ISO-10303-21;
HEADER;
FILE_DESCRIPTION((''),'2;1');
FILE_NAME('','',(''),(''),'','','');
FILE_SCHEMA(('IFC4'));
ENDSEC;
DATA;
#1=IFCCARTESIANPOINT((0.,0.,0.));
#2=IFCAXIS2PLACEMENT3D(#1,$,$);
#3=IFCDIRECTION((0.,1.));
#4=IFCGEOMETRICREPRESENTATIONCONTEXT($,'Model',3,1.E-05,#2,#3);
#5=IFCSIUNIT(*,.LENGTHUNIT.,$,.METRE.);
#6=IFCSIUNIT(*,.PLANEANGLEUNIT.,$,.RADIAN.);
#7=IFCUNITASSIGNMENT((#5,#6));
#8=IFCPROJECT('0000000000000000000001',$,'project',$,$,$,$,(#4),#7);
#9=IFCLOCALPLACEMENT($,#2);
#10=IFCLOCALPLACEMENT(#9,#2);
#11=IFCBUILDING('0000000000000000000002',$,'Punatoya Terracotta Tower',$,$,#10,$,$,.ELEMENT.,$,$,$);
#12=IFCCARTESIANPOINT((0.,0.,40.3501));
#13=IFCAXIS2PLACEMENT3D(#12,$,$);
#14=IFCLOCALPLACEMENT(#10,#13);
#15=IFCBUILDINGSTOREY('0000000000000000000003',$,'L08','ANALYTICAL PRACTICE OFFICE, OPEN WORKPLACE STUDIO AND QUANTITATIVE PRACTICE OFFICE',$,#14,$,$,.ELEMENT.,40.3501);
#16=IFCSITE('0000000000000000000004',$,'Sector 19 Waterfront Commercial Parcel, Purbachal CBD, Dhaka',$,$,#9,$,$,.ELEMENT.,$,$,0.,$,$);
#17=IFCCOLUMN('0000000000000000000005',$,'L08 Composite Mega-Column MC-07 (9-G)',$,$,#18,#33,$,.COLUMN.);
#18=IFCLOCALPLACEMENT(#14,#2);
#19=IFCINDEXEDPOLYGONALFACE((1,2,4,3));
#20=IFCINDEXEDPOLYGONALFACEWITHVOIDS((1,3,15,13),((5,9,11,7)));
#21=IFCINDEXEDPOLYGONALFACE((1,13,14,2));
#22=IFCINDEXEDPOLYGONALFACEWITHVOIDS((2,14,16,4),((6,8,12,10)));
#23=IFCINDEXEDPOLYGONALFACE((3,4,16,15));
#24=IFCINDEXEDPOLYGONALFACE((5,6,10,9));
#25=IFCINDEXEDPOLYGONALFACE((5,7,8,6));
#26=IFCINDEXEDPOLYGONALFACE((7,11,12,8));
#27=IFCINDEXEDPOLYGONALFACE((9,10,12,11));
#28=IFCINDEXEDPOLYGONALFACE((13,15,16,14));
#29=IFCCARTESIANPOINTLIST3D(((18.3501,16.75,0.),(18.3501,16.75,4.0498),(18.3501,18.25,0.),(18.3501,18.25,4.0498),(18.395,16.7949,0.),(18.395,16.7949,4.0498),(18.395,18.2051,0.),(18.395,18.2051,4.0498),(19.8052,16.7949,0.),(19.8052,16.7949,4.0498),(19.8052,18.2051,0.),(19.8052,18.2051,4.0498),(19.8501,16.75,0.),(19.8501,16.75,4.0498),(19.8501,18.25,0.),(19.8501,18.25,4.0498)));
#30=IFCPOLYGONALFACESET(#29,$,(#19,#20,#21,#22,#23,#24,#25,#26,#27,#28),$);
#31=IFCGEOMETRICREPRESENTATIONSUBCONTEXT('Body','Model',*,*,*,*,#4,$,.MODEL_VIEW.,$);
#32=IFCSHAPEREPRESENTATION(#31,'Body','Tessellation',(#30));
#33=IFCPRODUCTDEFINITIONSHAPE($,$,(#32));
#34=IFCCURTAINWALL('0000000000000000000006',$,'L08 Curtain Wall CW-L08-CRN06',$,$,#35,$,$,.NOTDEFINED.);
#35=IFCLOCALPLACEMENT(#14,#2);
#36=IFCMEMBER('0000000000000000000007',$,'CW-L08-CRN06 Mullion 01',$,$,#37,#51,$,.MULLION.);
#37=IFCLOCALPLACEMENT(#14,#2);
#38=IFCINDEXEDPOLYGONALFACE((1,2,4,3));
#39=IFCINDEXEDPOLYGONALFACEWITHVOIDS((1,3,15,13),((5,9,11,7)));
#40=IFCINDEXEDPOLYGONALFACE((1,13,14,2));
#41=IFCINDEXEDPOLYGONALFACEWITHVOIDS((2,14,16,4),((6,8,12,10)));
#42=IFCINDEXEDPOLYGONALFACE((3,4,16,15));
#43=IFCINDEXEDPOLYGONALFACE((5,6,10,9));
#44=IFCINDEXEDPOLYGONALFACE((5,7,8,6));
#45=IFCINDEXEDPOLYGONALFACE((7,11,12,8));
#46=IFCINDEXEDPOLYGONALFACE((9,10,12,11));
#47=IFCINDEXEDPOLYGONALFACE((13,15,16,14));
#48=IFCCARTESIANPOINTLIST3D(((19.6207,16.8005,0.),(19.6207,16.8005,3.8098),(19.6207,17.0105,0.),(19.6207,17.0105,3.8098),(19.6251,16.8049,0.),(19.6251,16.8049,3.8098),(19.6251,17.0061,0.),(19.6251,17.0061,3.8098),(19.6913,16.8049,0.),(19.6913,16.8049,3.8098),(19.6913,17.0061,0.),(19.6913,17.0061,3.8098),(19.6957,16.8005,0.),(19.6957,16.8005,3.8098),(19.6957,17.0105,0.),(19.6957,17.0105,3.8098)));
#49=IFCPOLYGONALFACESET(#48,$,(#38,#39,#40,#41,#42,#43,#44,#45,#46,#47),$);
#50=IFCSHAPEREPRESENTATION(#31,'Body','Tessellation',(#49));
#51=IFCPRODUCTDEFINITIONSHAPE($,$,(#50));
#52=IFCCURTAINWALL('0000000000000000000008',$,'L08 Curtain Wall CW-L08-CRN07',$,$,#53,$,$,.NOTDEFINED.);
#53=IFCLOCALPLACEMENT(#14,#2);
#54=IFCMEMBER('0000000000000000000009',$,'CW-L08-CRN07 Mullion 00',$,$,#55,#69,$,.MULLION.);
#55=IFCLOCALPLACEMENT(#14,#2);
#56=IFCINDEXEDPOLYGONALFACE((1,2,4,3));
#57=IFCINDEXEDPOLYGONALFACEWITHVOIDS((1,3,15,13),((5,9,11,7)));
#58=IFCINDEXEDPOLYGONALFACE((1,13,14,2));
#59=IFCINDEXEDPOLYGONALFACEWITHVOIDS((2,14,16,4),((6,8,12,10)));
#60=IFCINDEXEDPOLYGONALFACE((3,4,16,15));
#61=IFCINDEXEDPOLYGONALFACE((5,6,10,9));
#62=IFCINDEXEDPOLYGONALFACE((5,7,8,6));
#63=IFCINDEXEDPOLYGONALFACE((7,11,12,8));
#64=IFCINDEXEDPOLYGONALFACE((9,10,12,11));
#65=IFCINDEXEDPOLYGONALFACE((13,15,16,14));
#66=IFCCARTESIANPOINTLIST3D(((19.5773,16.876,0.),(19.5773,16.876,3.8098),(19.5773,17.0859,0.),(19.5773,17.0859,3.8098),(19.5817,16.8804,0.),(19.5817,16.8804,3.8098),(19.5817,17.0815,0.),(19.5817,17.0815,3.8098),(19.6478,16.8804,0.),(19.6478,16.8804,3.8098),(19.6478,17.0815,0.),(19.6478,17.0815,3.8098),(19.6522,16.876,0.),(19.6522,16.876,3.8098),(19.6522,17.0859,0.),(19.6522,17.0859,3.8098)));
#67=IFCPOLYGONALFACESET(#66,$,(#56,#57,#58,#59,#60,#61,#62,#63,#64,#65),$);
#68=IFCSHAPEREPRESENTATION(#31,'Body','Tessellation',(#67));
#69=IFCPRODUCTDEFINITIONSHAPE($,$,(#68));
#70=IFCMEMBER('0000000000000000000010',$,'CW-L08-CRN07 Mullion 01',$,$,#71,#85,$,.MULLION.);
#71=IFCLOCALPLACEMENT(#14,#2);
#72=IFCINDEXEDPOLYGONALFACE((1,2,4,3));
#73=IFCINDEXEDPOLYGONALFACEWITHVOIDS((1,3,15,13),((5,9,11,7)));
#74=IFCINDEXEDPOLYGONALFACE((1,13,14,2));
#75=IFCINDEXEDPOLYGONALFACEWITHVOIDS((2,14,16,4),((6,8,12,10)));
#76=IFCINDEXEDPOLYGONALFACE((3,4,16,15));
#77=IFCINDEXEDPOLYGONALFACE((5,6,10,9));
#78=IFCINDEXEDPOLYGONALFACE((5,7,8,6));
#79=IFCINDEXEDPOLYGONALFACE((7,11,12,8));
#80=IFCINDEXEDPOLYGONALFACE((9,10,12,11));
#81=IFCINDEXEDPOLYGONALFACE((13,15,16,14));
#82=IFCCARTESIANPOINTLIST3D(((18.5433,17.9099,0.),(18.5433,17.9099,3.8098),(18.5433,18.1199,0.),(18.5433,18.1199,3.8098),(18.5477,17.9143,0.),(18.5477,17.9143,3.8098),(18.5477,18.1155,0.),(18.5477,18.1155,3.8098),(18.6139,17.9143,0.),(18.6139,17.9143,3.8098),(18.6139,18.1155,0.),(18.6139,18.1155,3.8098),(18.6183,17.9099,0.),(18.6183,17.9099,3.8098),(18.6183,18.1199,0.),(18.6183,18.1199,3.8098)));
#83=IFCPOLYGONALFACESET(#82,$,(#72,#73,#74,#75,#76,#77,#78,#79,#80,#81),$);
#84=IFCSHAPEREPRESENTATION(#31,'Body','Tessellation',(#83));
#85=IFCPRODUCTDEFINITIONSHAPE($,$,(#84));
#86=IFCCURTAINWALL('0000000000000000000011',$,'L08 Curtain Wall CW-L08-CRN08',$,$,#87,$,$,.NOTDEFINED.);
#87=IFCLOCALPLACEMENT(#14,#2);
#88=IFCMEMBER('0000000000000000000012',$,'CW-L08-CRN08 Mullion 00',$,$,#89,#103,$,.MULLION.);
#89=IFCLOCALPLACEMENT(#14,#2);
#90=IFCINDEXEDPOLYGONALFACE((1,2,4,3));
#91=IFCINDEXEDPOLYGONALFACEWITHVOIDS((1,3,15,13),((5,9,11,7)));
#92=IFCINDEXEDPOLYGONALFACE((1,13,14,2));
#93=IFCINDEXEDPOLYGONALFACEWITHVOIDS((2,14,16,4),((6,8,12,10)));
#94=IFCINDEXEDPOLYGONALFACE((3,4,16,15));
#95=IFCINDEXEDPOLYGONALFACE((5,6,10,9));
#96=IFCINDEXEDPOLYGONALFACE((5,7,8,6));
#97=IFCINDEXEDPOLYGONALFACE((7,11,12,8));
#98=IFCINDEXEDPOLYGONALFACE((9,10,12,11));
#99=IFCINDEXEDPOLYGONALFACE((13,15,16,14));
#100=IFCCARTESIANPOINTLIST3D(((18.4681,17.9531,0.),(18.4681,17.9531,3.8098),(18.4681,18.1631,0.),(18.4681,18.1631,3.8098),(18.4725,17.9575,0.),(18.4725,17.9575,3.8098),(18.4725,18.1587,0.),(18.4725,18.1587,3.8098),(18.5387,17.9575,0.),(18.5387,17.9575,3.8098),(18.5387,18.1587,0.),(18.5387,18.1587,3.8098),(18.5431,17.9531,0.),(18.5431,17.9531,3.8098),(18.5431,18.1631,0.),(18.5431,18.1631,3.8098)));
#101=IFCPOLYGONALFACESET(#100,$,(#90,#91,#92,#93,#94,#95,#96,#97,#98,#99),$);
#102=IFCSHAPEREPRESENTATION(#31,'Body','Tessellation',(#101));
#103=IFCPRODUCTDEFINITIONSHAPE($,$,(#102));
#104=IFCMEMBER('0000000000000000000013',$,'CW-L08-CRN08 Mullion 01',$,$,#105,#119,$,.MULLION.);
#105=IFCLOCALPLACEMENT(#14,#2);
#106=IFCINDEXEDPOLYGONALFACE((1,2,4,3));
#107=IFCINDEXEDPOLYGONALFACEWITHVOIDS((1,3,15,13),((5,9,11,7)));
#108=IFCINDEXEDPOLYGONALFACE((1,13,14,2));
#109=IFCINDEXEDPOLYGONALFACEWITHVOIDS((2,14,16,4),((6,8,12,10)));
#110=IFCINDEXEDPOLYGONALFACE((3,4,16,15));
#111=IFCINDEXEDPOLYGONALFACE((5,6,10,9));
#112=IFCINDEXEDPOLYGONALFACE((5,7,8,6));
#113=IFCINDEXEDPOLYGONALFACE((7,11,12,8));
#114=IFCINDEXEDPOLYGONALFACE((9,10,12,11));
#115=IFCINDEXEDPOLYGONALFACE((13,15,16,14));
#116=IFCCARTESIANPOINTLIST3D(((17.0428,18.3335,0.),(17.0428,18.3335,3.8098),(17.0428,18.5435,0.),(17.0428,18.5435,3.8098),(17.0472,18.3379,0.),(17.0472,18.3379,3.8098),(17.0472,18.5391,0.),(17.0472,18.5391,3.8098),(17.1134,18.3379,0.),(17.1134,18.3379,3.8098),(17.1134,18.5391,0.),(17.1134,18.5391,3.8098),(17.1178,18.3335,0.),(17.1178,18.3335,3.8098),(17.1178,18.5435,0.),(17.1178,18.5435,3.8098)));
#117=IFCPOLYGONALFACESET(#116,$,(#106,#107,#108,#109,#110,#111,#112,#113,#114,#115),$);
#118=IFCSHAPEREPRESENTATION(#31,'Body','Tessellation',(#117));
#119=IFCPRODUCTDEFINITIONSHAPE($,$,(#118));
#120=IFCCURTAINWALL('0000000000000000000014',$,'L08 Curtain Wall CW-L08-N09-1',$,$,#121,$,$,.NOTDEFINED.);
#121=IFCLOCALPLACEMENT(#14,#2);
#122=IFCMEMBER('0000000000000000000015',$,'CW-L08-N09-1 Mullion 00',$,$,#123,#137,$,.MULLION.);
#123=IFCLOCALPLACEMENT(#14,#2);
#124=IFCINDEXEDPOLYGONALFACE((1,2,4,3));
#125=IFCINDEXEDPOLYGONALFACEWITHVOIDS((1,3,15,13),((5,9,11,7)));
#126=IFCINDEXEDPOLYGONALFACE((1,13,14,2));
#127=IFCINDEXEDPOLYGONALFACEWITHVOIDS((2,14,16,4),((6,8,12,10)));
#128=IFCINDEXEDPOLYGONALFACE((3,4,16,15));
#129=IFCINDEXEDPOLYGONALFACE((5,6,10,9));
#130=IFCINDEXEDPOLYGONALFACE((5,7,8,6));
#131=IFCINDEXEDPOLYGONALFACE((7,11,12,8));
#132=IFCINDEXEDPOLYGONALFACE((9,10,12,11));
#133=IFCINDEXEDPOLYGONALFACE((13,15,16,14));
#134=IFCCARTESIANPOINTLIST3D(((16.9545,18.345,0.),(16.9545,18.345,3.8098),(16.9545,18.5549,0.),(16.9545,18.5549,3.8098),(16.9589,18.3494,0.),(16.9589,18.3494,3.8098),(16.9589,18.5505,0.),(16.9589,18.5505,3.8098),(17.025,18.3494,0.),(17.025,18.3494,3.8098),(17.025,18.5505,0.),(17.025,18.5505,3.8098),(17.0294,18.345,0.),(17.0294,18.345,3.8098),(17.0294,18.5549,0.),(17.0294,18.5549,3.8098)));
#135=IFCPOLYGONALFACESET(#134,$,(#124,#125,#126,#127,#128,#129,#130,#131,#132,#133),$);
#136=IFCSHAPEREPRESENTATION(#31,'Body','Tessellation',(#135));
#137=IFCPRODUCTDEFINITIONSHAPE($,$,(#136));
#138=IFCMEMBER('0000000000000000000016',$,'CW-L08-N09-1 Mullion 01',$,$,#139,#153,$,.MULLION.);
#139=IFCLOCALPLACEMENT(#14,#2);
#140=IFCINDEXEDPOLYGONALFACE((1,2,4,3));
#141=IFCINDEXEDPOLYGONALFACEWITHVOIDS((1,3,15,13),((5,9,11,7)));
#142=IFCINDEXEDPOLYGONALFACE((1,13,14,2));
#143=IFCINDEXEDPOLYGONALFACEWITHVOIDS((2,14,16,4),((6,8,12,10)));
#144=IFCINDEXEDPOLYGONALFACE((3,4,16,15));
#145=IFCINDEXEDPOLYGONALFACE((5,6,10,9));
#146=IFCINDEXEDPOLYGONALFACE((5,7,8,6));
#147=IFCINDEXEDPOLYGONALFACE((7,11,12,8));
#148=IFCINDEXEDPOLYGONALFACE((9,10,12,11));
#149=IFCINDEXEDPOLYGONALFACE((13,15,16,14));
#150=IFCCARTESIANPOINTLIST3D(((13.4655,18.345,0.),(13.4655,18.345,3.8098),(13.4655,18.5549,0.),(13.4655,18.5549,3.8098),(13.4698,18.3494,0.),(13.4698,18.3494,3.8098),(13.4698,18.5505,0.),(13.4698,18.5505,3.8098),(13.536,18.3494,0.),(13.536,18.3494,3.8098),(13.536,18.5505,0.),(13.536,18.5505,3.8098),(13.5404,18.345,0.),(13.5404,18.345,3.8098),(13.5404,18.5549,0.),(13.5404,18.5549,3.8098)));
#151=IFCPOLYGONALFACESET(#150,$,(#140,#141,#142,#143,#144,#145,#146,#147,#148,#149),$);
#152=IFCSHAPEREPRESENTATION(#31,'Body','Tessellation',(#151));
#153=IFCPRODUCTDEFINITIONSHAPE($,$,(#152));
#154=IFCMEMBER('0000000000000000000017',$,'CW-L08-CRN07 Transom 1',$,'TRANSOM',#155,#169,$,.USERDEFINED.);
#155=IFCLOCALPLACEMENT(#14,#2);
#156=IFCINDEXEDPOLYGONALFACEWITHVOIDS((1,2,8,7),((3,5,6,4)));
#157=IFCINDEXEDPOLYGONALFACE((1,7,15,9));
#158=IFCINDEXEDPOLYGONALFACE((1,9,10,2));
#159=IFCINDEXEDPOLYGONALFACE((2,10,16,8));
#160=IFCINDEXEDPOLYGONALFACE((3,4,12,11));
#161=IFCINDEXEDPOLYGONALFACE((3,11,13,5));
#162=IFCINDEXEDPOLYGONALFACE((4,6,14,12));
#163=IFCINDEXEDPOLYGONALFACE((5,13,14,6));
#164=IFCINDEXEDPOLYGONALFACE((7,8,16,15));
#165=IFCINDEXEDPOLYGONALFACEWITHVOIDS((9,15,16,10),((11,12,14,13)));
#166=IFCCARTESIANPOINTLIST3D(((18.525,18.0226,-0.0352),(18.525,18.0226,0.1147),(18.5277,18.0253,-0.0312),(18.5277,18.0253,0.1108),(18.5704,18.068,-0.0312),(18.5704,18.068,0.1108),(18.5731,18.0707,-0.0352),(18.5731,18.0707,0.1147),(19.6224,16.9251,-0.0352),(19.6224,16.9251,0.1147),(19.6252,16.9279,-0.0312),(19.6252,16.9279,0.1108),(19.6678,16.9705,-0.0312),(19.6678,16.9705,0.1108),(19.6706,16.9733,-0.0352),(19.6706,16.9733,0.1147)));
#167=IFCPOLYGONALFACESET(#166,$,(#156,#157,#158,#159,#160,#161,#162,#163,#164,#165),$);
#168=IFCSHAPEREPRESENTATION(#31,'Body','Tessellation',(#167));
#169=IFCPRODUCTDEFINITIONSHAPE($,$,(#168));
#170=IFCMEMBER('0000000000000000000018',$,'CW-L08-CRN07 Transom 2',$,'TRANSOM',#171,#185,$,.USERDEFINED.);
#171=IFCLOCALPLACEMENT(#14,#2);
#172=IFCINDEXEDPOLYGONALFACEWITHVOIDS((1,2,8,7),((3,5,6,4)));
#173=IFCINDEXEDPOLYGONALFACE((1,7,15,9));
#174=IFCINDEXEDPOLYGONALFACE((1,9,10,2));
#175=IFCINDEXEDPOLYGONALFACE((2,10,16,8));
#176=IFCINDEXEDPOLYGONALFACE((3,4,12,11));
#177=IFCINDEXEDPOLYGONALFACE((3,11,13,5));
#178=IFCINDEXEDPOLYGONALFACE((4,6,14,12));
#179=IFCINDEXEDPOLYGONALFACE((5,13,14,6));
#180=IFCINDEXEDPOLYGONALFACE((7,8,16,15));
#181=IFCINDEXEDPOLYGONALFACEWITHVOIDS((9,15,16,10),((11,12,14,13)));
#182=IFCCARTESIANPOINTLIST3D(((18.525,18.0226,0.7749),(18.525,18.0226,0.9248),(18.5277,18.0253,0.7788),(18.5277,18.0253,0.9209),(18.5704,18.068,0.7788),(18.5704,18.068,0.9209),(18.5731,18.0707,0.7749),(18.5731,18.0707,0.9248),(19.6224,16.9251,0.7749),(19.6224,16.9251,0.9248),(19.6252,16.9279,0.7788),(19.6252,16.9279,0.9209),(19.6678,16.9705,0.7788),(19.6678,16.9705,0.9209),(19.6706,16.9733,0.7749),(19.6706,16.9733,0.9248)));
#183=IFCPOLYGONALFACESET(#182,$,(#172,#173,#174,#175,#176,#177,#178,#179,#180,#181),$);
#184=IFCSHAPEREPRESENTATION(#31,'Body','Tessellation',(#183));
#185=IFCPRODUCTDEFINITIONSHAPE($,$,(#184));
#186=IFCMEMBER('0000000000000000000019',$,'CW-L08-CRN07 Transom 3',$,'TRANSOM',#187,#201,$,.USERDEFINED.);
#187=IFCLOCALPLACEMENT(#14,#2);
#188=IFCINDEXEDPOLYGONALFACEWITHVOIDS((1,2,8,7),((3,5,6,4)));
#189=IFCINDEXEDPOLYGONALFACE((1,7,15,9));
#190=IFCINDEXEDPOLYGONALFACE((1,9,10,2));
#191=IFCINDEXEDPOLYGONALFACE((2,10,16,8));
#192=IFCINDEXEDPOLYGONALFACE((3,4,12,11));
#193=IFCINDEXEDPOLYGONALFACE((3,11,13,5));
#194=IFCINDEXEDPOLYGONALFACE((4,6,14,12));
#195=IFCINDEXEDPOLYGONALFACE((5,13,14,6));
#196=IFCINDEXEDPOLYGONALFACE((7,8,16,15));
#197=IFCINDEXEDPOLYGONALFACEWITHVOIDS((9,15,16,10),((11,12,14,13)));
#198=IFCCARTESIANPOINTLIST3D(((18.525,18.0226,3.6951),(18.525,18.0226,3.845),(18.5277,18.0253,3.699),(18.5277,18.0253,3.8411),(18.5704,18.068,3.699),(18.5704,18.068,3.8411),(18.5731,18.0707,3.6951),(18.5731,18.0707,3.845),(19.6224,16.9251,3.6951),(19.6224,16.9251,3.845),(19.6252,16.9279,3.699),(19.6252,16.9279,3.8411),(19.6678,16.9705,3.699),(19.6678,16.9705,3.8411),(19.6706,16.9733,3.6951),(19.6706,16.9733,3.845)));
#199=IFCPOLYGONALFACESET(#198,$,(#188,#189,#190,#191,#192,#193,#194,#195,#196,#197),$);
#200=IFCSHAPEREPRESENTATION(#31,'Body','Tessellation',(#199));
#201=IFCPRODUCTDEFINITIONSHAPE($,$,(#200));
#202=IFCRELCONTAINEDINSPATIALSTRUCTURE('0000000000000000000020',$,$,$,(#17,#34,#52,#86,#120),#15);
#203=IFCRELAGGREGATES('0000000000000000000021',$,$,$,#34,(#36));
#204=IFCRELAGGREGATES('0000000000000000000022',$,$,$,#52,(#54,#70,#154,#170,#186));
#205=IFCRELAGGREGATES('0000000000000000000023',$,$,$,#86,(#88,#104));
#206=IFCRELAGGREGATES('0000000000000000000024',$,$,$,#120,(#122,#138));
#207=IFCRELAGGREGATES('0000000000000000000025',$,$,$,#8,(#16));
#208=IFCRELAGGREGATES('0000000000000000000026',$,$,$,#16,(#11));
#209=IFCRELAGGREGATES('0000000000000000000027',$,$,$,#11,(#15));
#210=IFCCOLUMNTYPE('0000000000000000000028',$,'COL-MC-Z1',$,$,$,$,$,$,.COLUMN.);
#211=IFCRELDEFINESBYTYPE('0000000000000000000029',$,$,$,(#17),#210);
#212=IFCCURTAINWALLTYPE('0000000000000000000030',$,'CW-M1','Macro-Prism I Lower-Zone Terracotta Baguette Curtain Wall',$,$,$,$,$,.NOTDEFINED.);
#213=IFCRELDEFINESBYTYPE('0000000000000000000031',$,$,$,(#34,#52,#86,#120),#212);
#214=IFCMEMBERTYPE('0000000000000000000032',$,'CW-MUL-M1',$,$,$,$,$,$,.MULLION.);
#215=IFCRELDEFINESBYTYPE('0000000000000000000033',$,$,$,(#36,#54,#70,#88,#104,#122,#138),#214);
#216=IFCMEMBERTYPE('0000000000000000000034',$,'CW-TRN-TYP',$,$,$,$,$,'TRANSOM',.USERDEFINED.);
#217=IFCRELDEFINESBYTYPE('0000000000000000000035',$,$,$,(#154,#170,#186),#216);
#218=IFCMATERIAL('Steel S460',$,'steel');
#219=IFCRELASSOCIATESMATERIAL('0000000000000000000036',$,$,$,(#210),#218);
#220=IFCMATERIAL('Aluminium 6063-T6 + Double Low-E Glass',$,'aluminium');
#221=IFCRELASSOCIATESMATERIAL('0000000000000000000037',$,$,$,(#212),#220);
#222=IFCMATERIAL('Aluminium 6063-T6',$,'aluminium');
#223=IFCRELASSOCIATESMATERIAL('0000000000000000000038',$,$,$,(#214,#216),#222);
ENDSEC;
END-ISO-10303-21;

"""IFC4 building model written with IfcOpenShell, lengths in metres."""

from ifc_helpers import new_model, si_unit, direction, frame, origin, origin_2d, place, context, subcontext, project, spatial, hollow_rectangle, extrude, material, material_profile, profile_set, type_object, element, aggregate, save


model = new_model("IFC4")

# Units and contexts
model_context = context("Model", 3, precision=1e-05, world=origin(), true_north=direction((0.0, 1.0)))
body_context = subcontext(model_context, "Body", "Model", "MODEL_VIEW")
ifc_project = project(units=[si_unit("LENGTHUNIT", "METRE"), si_unit("PLANEANGLEUNIT", "RADIAN")], contexts=[model_context])

# Site, building, storey
site_placement = place(None, origin())
site = spatial("IfcSite", under=ifc_project, at=site_placement, Name="Sector 19 Waterfront Commercial Parcel, Purbachal CBD, Dhaka", CompositionType="ELEMENT", RefElevation=0.0)
building_placement = place(site_placement, origin())
building = spatial("IfcBuilding", under=site, at=building_placement, Name="Punatoya Terracotta Tower", CompositionType="ELEMENT")
storey_placement = place(building_placement, frame((0.0, 0.0, 40.3501)))
storey = spatial("IfcBuildingStorey", under=building, at=storey_placement, Name="L08", Description="ANALYTICAL PRACTICE OFFICE, OPEN WORKPLACE STUDIO AND QUANTITATIVE PRACTICE OFFICE", CompositionType="ELEMENT", Elevation=40.3501)

# Column
ifc_material_1 = material(Name="Steel S460", Category="steel")
ifc_material_profile_1 = material_profile(ifc_material_1, hollow_rectangle(XDim=1.5, YDim=1.5, WallThickness=0.0449, at=origin_2d()))
ifc_profile_set_1 = profile_set([ifc_material_profile_1], Name="Steel S460")
column_type = type_object("IfcColumnType", Name="COL-MC-Z1", PredefinedType="COLUMN", material=ifc_profile_set_1)
column_placement = place(storey_placement, frame((19.1001, 17.5, 0.0), z_axis=(0.0, 0.0, 1.0), x_axis=(1.0, 0.0, 0.0)))
element("IfcColumn", 1, at=column_placement, inside=storey, type_object=column_type, Name="L08 Composite Mega-Column MC-07 (9-G)", PredefinedType="COLUMN", context=body_context, shape_type="SweptSolid", body=[
    extrude(hollow_rectangle(XDim=1.5, YDim=1.5, WallThickness=0.0449, at=origin_2d()), origin(), (0.0, 0.0, 1.0), 4.0498),
])

# Curtain wall, member
ifc_material_2 = material(Name="Aluminium 6063-T6 + Double Low-E Glass", Category="aluminium")
curtain_wall_type = type_object("IfcCurtainWallType", Name="CW-M1", Description="Macro-Prism I Lower-Zone Terracotta Baguette Curtain Wall", PredefinedType="NOTDEFINED", material=ifc_material_2)
curtain_wall_1_placement = place(storey_placement, origin())
curtain_wall_1 = element("IfcCurtainWall", 2, at=curtain_wall_1_placement, inside=storey, type_object=curtain_wall_type, Name="L08 Curtain Wall CW-L08-CRN06", PredefinedType="NOTDEFINED")
ifc_material_3 = material(Name="Aluminium 6063-T6", Category="aluminium")
ifc_material_profile_2 = material_profile(ifc_material_3, hollow_rectangle(XDim=0.075, YDim=0.21, WallThickness=0.0044, at=origin_2d()))
ifc_profile_set_2 = profile_set([ifc_material_profile_2], Name="Aluminium 6063-T6")
member_type_1 = type_object("IfcMemberType", Name="CW-MUL-M1", PredefinedType="MULLION", material=ifc_profile_set_2)
member_1_placement = place(storey_placement, frame((19.6582, 16.9055, 0.0), z_axis=(0.0, 0.0, 1.0), x_axis=(1.0, 0.0, 0.0)))
member_1 = element("IfcMember", 3, at=member_1_placement, type_object=member_type_1, Name="CW-L08-CRN06 Mullion 01", PredefinedType="MULLION", context=body_context, shape_type="SweptSolid", body=[
    extrude(hollow_rectangle(XDim=0.075, YDim=0.21, WallThickness=0.0044, at=origin_2d()), origin(), (0.0, 0.0, 1.0), 3.8098),
])

# Curtain walls, members
curtain_wall_2_placement = place(storey_placement, origin())
curtain_wall_2 = element("IfcCurtainWall", 4, at=curtain_wall_2_placement, inside=storey, type_object=curtain_wall_type, Name="L08 Curtain Wall CW-L08-CRN07", PredefinedType="NOTDEFINED")
member_2_placement = place(storey_placement, frame((19.6147, 16.981, 0.0), z_axis=(0.0, 0.0, 1.0), x_axis=(1.0, 0.0, 0.0)))
member_2 = element("IfcMember", 5, at=member_2_placement, type_object=member_type_1, Name="CW-L08-CRN07 Mullion 00", PredefinedType="MULLION", context=body_context, shape_type="SweptSolid", body=[
    extrude(hollow_rectangle(XDim=0.075, YDim=0.21, WallThickness=0.0044, at=origin_2d()), origin(), (0.0, 0.0, 1.0), 3.8098),
])
member_3_placement = place(storey_placement, frame((18.5808, 18.0149, 0.0), z_axis=(0.0, 0.0, 1.0), x_axis=(1.0, 0.0, 0.0)))
member_3 = element("IfcMember", 6, at=member_3_placement, type_object=member_type_1, Name="CW-L08-CRN07 Mullion 01", PredefinedType="MULLION", context=body_context, shape_type="SweptSolid", body=[
    extrude(hollow_rectangle(XDim=0.075, YDim=0.21, WallThickness=0.0044, at=origin_2d()), origin(), (0.0, 0.0, 1.0), 3.8098),
])
curtain_wall_3_placement = place(storey_placement, origin())
curtain_wall_3 = element("IfcCurtainWall", 7, at=curtain_wall_3_placement, inside=storey, type_object=curtain_wall_type, Name="L08 Curtain Wall CW-L08-CRN08", PredefinedType="NOTDEFINED")
member_4_placement = place(storey_placement, frame((18.5056, 18.0581, 0.0), z_axis=(0.0, 0.0, 1.0), x_axis=(1.0, 0.0, 0.0)))
member_4 = element("IfcMember", 8, at=member_4_placement, type_object=member_type_1, Name="CW-L08-CRN08 Mullion 00", PredefinedType="MULLION", context=body_context, shape_type="SweptSolid", body=[
    extrude(hollow_rectangle(XDim=0.075, YDim=0.21, WallThickness=0.0044, at=origin_2d()), origin(), (0.0, 0.0, 1.0), 3.8098),
])
member_5_placement = place(storey_placement, frame((17.0803, 18.4385, 0.0), z_axis=(0.0, 0.0, 1.0), x_axis=(1.0, 0.0, 0.0)))
member_5 = element("IfcMember", 9, at=member_5_placement, type_object=member_type_1, Name="CW-L08-CRN08 Mullion 01", PredefinedType="MULLION", context=body_context, shape_type="SweptSolid", body=[
    extrude(hollow_rectangle(XDim=0.075, YDim=0.21, WallThickness=0.0044, at=origin_2d()), origin(), (0.0, 0.0, 1.0), 3.8098),
])
curtain_wall_4_placement = place(storey_placement, origin())
curtain_wall_4 = element("IfcCurtainWall", 10, at=curtain_wall_4_placement, inside=storey, type_object=curtain_wall_type, Name="L08 Curtain Wall CW-L08-N09-1", PredefinedType="NOTDEFINED")
member_6_placement = place(storey_placement, frame((16.9919, 18.45, 0.0), z_axis=(0.0, 0.0, 1.0), x_axis=(1.0, 0.0, 0.0)))
member_6 = element("IfcMember", 11, at=member_6_placement, type_object=member_type_1, Name="CW-L08-N09-1 Mullion 00", PredefinedType="MULLION", context=body_context, shape_type="SweptSolid", body=[
    extrude(hollow_rectangle(XDim=0.075, YDim=0.21, WallThickness=0.0044, at=origin_2d()), origin(), (0.0, 0.0, 1.0), 3.8098),
])
member_7_placement = place(storey_placement, frame((13.5029, 18.45, 0.0), z_axis=(0.0, 0.0, 1.0), x_axis=(1.0, 0.0, 0.0)))
member_7 = element("IfcMember", 12, at=member_7_placement, type_object=member_type_1, Name="CW-L08-N09-1 Mullion 01", PredefinedType="MULLION", context=body_context, shape_type="SweptSolid", body=[
    extrude(hollow_rectangle(XDim=0.075, YDim=0.21, WallThickness=0.0044, at=origin_2d()), origin(), (0.0, 0.0, 1.0), 3.8098),
])

# Members
ifc_material_profile_3 = material_profile(ifc_material_3, hollow_rectangle(XDim=0.0681, YDim=0.1499, WallThickness=0.0039, at=origin_2d()))
ifc_profile_set_3 = profile_set([ifc_material_profile_3], Name="Aluminium 6063-T6")
member_type_2 = type_object("IfcMemberType", Name="CW-TRN-TYP", ElementType="TRANSOM", PredefinedType="USERDEFINED", material=ifc_profile_set_3)
member_8_placement = place(storey_placement, frame((19.6465, 16.9492, 0.0398), z_axis=(-0.707107, 0.707107, 0.0), x_axis=(-0.707107, -0.707107, 0.0)))
member_8 = element("IfcMember", 13, at=member_8_placement, type_object=member_type_2, Name="CW-L08-CRN07 Transom 1", ObjectType="TRANSOM", PredefinedType="USERDEFINED", context=body_context, shape_type="SweptSolid", body=[
    extrude(hollow_rectangle(XDim=0.0681, YDim=0.1499, WallThickness=0.0039, at=origin_2d()), origin(), (0.0, 0.0, 1.0), 1.552),
])
member_9_placement = place(storey_placement, frame((19.6465, 16.9492, 0.8499), z_axis=(-0.707107, 0.707107, 0.0), x_axis=(-0.707107, -0.707107, 0.0)))
member_9 = element("IfcMember", 14, at=member_9_placement, type_object=member_type_2, Name="CW-L08-CRN07 Transom 2", ObjectType="TRANSOM", PredefinedType="USERDEFINED", context=body_context, shape_type="SweptSolid", body=[
    extrude(hollow_rectangle(XDim=0.0681, YDim=0.1499, WallThickness=0.0039, at=origin_2d()), origin(), (0.0, 0.0, 1.0), 1.552),
])
member_10_placement = place(storey_placement, frame((19.6465, 16.9492, 3.77), z_axis=(-0.707107, 0.707107, 0.0), x_axis=(-0.707107, -0.707107, 0.0)))
member_10 = element("IfcMember", 15, at=member_10_placement, type_object=member_type_2, Name="CW-L08-CRN07 Transom 3", ObjectType="TRANSOM", PredefinedType="USERDEFINED", context=body_context, shape_type="SweptSolid", body=[
    extrude(hollow_rectangle(XDim=0.0681, YDim=0.1499, WallThickness=0.0039, at=origin_2d()), origin(), (0.0, 0.0, 1.0), 1.552),
])

aggregate(curtain_wall_1, [member_1])
aggregate(curtain_wall_2, [member_2, member_3, member_8, member_9, member_10])
aggregate(curtain_wall_3, [member_4, member_5])
aggregate(curtain_wall_4, [member_6, member_7])

save(model, "model.ifc")
